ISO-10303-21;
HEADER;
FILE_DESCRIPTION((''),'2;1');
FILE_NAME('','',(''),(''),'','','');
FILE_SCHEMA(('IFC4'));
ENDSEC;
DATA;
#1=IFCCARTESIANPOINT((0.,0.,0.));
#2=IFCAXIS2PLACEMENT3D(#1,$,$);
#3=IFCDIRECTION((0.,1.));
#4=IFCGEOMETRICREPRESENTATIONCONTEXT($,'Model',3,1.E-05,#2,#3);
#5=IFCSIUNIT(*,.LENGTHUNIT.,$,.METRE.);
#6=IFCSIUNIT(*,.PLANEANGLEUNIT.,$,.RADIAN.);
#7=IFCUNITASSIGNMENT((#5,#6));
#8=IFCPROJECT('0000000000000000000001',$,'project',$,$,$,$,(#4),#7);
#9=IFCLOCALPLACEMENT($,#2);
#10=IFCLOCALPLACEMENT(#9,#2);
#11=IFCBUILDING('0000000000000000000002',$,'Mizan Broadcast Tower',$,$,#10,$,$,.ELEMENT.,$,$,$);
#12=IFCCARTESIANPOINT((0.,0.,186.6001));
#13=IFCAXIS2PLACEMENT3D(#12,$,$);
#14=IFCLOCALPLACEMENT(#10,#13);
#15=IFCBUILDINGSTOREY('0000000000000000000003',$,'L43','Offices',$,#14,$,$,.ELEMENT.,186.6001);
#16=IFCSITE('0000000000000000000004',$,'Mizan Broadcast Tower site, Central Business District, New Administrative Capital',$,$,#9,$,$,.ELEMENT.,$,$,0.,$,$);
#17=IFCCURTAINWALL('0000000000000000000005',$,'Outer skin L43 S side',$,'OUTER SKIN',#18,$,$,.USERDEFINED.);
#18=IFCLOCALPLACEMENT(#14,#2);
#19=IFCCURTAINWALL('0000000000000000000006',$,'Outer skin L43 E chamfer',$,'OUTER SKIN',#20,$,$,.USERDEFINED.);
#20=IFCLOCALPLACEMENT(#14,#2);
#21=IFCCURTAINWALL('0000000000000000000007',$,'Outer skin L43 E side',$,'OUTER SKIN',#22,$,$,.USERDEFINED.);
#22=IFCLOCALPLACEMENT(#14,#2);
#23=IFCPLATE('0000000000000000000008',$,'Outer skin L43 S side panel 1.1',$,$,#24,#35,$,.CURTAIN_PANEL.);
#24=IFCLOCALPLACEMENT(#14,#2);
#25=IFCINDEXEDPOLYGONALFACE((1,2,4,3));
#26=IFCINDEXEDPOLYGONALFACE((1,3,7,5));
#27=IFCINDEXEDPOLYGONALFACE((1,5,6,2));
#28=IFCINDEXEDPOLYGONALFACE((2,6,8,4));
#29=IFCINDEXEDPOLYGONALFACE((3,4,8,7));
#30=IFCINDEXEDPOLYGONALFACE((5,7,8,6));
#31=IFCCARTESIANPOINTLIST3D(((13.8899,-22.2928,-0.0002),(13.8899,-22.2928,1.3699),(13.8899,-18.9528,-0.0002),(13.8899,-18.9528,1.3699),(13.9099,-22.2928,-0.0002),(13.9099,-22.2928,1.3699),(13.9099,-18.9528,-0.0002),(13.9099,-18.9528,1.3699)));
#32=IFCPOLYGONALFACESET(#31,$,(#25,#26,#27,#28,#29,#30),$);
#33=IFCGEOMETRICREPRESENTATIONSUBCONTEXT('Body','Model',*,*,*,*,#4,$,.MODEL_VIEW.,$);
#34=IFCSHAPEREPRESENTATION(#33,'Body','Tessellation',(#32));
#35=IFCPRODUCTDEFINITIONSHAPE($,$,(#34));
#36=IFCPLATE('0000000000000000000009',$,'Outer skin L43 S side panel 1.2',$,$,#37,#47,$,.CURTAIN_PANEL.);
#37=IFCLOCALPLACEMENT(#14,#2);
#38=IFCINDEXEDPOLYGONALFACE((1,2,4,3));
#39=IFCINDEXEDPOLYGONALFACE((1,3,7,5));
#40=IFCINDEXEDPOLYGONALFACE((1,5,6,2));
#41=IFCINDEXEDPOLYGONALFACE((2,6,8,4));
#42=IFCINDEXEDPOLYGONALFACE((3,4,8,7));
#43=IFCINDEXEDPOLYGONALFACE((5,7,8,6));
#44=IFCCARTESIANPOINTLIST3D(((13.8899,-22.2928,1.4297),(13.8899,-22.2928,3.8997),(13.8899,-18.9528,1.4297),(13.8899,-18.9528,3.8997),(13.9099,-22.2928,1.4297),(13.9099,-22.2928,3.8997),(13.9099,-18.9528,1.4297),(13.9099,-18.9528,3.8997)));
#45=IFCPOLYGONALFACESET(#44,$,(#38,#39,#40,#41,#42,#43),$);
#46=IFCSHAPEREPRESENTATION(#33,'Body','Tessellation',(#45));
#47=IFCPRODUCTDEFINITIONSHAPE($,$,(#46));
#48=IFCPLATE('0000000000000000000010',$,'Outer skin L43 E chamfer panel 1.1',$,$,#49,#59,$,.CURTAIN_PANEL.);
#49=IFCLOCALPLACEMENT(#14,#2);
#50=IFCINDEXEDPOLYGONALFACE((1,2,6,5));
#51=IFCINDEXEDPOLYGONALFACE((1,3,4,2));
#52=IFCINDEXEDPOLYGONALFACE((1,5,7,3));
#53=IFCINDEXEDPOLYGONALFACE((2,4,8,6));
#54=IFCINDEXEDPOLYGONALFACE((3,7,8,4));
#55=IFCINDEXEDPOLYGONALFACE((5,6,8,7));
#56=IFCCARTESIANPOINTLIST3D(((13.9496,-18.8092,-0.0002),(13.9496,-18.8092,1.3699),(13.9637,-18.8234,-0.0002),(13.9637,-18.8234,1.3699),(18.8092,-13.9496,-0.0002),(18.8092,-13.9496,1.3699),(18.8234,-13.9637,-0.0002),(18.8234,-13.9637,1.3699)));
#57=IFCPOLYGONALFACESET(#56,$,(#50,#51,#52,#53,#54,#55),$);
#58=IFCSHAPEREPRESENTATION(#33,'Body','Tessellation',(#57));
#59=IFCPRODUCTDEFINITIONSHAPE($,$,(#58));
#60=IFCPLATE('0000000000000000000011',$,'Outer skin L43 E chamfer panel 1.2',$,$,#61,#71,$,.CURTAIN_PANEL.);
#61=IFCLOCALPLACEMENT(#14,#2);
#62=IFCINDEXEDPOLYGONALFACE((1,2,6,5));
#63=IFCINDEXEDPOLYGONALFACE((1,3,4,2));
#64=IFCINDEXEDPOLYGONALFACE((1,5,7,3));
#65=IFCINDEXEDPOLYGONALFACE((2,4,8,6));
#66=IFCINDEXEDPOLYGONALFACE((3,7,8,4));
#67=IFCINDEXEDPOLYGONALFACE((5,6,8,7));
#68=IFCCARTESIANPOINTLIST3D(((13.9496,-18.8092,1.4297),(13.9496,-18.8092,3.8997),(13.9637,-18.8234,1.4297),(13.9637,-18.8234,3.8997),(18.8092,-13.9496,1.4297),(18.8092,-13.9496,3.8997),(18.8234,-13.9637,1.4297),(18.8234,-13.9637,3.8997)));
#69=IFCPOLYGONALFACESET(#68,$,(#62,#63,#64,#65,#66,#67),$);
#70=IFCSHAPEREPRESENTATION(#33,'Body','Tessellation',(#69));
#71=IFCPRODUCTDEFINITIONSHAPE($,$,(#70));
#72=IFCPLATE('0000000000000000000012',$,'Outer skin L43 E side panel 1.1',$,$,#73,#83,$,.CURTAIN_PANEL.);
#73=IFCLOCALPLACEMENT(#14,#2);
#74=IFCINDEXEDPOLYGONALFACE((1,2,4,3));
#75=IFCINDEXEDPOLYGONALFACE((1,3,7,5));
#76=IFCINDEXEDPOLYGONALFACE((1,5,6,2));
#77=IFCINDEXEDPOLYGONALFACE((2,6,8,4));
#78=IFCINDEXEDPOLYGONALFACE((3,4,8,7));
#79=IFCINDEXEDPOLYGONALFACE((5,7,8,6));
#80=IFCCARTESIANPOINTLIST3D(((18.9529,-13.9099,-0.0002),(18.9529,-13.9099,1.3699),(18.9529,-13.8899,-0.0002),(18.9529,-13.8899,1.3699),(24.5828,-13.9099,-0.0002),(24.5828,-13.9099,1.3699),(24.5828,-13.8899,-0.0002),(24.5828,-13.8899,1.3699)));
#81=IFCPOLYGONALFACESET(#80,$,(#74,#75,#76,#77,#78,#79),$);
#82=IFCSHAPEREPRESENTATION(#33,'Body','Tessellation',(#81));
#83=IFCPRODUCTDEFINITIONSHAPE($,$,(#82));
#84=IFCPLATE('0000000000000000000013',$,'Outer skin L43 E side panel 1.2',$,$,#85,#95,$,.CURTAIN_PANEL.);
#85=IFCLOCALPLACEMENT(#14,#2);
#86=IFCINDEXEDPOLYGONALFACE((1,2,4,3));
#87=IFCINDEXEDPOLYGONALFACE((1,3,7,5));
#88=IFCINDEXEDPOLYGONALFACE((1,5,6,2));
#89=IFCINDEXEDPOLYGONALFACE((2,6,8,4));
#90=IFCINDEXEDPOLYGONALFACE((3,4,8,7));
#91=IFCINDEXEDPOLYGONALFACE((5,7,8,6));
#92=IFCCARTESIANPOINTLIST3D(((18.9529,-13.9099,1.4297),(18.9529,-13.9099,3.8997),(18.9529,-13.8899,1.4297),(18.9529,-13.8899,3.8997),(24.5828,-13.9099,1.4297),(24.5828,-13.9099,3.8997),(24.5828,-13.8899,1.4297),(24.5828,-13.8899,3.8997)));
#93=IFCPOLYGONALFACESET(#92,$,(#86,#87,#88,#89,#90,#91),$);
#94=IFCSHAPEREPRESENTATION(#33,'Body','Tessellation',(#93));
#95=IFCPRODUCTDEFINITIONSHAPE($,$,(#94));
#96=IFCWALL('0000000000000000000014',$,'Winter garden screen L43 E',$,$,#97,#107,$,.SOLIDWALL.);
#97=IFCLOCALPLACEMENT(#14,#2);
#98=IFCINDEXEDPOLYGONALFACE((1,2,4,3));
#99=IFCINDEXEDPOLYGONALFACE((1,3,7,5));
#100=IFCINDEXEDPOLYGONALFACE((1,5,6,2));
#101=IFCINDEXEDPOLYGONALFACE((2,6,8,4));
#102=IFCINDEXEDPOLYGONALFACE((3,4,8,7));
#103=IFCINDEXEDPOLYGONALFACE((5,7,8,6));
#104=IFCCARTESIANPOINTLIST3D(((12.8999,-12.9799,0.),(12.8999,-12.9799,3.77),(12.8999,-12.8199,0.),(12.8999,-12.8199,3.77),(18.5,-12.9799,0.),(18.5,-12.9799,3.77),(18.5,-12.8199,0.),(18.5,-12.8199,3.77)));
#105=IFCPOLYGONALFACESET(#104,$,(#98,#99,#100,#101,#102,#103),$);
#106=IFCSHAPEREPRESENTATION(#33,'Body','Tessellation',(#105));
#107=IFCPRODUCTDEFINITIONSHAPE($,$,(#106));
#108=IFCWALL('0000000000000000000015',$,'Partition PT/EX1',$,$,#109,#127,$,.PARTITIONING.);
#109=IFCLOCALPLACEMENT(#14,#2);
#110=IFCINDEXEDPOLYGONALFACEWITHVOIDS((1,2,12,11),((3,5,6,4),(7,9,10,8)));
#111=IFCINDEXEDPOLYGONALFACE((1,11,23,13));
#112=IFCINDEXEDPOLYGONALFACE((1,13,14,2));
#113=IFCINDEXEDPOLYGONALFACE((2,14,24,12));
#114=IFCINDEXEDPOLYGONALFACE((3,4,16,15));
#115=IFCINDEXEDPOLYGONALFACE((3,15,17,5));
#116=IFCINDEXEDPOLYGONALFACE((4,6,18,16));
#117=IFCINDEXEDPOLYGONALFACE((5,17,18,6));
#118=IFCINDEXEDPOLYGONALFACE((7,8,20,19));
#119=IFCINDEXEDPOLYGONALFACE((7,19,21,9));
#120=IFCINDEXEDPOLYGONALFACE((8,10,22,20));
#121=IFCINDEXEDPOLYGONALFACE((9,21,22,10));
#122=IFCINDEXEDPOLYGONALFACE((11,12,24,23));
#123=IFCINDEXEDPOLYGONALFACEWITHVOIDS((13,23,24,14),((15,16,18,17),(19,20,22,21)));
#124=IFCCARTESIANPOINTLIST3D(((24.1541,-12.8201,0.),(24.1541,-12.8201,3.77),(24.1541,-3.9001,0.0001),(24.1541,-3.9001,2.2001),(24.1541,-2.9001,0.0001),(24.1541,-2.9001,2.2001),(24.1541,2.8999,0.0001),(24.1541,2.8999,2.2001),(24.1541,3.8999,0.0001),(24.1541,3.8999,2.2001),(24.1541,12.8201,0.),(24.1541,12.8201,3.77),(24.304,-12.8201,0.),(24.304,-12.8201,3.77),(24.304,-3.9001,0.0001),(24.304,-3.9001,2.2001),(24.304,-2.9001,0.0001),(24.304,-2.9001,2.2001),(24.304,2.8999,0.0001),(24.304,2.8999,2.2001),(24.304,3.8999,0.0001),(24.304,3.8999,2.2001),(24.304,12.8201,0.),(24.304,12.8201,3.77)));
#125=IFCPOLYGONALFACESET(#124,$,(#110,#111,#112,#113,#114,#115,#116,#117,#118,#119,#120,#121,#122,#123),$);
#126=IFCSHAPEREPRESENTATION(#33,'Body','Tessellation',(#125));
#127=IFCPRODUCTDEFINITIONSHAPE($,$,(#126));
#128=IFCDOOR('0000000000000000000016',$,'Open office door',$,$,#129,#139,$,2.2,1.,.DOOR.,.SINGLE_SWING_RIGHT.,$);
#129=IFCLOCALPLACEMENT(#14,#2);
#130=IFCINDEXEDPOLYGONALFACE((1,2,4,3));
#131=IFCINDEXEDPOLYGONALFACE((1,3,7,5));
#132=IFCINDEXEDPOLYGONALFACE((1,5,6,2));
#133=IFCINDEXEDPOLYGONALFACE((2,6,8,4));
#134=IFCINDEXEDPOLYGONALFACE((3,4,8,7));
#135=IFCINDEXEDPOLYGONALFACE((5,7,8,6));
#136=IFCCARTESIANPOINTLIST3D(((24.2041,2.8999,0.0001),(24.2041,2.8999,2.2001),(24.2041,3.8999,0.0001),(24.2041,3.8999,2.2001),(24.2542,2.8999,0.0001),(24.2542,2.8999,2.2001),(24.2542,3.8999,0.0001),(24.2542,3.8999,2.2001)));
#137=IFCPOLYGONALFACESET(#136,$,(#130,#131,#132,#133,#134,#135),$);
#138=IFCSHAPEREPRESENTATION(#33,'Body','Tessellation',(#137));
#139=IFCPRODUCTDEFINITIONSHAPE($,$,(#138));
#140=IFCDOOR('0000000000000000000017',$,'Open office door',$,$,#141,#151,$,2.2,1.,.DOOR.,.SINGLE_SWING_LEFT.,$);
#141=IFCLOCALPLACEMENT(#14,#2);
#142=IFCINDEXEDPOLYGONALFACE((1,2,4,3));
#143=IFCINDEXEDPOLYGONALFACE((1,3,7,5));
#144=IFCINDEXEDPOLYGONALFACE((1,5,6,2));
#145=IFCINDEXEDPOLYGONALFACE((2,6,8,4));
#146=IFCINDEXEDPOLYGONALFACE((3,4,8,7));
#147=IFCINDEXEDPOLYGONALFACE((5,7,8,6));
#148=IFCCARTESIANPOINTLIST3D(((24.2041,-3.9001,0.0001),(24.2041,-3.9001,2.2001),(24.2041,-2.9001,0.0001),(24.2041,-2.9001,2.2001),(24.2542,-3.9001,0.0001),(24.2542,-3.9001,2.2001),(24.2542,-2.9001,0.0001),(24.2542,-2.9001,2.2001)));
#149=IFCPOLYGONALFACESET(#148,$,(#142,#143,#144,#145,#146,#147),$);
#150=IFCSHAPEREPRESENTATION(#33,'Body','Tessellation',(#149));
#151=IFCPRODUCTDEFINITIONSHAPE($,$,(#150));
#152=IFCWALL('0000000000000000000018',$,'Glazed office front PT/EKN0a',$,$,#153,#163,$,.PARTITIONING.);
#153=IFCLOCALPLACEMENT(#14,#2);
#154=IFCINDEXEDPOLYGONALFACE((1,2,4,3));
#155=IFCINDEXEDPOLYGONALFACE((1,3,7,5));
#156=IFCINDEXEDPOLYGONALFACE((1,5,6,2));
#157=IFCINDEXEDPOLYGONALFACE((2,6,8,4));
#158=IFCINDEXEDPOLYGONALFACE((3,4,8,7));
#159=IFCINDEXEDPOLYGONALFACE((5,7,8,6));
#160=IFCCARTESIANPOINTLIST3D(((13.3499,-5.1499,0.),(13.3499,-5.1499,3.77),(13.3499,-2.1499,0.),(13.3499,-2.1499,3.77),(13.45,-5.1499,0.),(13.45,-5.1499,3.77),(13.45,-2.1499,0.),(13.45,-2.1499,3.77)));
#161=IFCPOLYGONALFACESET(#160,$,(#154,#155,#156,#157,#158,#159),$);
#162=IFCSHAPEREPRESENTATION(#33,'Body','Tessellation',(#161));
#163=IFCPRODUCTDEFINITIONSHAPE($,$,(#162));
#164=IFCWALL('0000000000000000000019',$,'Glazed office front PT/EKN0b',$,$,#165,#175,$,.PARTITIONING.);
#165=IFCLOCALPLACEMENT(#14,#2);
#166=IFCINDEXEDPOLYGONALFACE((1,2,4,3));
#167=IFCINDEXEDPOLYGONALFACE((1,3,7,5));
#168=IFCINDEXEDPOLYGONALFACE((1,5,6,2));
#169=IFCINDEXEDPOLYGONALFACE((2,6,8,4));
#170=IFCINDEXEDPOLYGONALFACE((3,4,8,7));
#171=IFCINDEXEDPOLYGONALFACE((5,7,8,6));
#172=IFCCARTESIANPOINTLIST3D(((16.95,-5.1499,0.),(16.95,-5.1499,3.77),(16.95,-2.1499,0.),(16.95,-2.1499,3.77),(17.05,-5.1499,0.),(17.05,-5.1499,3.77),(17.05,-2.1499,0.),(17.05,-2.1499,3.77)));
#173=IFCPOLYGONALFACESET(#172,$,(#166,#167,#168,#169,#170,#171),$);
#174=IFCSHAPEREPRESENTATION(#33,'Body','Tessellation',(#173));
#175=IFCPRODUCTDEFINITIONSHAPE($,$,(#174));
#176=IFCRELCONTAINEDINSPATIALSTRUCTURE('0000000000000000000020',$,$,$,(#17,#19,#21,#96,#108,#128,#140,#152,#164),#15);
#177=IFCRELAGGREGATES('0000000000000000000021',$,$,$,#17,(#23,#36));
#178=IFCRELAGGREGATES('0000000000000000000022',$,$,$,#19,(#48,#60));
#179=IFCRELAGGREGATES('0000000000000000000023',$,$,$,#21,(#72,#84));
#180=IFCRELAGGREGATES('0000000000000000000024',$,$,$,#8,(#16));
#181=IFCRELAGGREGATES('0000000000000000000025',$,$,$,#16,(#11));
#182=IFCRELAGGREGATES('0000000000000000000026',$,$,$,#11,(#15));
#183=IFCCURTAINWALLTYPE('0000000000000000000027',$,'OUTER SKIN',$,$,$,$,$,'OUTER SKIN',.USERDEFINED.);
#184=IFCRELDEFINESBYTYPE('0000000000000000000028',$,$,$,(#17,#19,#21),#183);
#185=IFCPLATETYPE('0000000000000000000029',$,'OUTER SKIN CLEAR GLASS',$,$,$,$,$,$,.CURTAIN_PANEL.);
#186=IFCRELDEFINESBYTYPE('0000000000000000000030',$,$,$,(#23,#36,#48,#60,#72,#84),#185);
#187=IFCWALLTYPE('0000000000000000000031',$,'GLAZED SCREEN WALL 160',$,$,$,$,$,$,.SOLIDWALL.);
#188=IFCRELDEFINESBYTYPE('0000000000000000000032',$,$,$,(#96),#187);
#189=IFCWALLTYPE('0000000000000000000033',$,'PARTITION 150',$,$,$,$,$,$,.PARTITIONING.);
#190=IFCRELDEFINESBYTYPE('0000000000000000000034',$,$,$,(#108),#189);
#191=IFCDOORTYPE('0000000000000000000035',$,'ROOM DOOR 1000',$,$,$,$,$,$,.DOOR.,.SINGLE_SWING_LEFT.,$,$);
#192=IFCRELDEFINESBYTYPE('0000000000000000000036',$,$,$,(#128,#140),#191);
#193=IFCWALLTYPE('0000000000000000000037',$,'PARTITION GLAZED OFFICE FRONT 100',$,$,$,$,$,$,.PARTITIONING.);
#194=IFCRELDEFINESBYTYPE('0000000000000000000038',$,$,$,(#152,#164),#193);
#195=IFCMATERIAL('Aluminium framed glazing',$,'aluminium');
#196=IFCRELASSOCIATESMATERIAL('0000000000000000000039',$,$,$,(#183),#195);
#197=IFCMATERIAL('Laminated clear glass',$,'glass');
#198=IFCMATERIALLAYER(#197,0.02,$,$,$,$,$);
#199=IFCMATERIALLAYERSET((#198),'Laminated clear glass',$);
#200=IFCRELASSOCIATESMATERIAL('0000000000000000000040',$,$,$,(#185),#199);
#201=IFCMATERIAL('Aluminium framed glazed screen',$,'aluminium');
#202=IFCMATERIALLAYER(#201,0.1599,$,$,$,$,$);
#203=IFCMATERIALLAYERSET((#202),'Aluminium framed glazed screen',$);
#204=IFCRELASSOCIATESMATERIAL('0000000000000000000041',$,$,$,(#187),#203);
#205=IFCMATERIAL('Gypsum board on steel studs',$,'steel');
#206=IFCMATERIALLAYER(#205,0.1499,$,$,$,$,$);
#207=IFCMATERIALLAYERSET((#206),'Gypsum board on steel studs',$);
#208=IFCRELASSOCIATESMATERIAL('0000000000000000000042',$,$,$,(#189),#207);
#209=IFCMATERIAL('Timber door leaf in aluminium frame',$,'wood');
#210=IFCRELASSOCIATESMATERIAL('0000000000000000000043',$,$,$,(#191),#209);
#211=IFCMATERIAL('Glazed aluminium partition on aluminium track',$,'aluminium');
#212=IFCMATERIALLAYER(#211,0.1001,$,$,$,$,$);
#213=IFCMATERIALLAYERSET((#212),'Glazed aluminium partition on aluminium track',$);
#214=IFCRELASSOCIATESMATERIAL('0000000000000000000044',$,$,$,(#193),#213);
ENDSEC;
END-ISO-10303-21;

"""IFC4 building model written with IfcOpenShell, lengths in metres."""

from ifc_helpers import new_model, si_unit, direction, frame, frame_2d, origin, origin_2d, place, context, subcontext, project, spatial, rectangle, extrude, material, layer, layer_set, type_object, element, fill, aggregate, save


model = new_model("IFC4")

# Units and contexts
model_context = context("Model", 3, precision=1e-05, world=origin(), true_north=direction((0.0, 1.0)))
body_context = subcontext(model_context, "Body", "Model", "MODEL_VIEW")
ifc_project = project(units=[si_unit("LENGTHUNIT", "METRE"), si_unit("PLANEANGLEUNIT", "RADIAN")], contexts=[model_context])

# Site, building, storey
site_placement = place(None, origin())
site = spatial("IfcSite", under=ifc_project, at=site_placement, Name="Mizan Broadcast Tower site, Central Business District, New Administrative Capital", CompositionType="ELEMENT", RefElevation=0.0)
building_placement = place(site_placement, origin())
building = spatial("IfcBuilding", under=site, at=building_placement, Name="Mizan Broadcast Tower", CompositionType="ELEMENT")
storey_placement = place(building_placement, frame((0.0, 0.0, 186.6001)))
storey = spatial("IfcBuildingStorey", under=building, at=storey_placement, Name="L43", Description="Offices", CompositionType="ELEMENT", Elevation=186.6001)

# Curtain walls
ifc_material_1 = material(Name="Aluminium framed glazing", Category="aluminium")
curtain_wall_type_1 = type_object("IfcCurtainWallType", Name="OUTER SKIN", ElementType="OUTER SKIN", PredefinedType="USERDEFINED", material=ifc_material_1)
curtain_wall_1_placement = place(storey_placement, origin())
curtain_wall_1 = element("IfcCurtainWall", 1, at=curtain_wall_1_placement, inside=storey, type_object=curtain_wall_type_1, Name="Outer skin L43 S side", ObjectType="OUTER SKIN", PredefinedType="USERDEFINED")
curtain_wall_2_placement = place(storey_placement, origin())
curtain_wall_2 = element("IfcCurtainWall", 2, at=curtain_wall_2_placement, inside=storey, type_object=curtain_wall_type_1, Name="Outer skin L43 E chamfer", ObjectType="OUTER SKIN", PredefinedType="USERDEFINED")
curtain_wall_3_placement = place(storey_placement, origin())
curtain_wall_3 = element("IfcCurtainWall", 3, at=curtain_wall_3_placement, inside=storey, type_object=curtain_wall_type_1, Name="Outer skin L43 E side", ObjectType="OUTER SKIN", PredefinedType="USERDEFINED")

# Plates
ifc_material_2 = material(Name="Laminated clear glass", Category="glass")
ifc_layer_1 = layer(ifc_material_2, 0.02)
ifc_layer_set_1 = layer_set([ifc_layer_1], Name="Laminated clear glass")
plate_type_1 = type_object("IfcPlateType", Name="OUTER SKIN CLEAR GLASS", PredefinedType="CURTAIN_PANEL", material=ifc_layer_set_1)
plate_1_placement = place(storey_placement, frame((13.8999, -20.6228, -0.0002), z_axis=(0.0, 0.0, 1.0), x_axis=(0.0, 1.0, 0.0)))
plate_1 = element("IfcPlate", 4, at=plate_1_placement, type_object=plate_type_1, Name="Outer skin L43 S side panel 1.1", PredefinedType="CURTAIN_PANEL", context=body_context, shape_type="SweptSolid", body=[
    extrude(rectangle(XDim=3.3401, YDim=0.02, at=origin_2d()), origin(), (0.0, 0.0, 1.0), 1.3701),
])
plate_2_placement = place(storey_placement, frame((13.8999, -20.6228, 1.4297), z_axis=(0.0, 0.0, 1.0), x_axis=(0.0, 1.0, 0.0)))
plate_2 = element("IfcPlate", 5, at=plate_2_placement, type_object=plate_type_1, Name="Outer skin L43 S side panel 1.2", PredefinedType="CURTAIN_PANEL", context=body_context, shape_type="SweptSolid", body=[
    extrude(rectangle(XDim=3.3401, YDim=0.02, at=origin_2d()), origin(), (0.0, 0.0, 1.0), 2.47),
])
aggregate(curtain_wall_1, [plate_1, plate_2])
plate_3_placement = place(storey_placement, frame((16.3865, -16.3865, -0.0002), z_axis=(0.0, 0.0, 1.0), x_axis=(0.707107, 0.707107, 0.0)))
plate_3 = element("IfcPlate", 6, at=plate_3_placement, type_object=plate_type_1, Name="Outer skin L43 E chamfer panel 1.1", PredefinedType="CURTAIN_PANEL", context=body_context, shape_type="SweptSolid", body=[
    extrude(rectangle(XDim=6.8726, YDim=0.02, at=origin_2d()), origin(), (0.0, 0.0, 1.0), 1.3701),
])
plate_4_placement = place(storey_placement, frame((16.3865, -16.3865, 1.4297), z_axis=(0.0, 0.0, 1.0), x_axis=(0.707107, 0.707107, 0.0)))
plate_4 = element("IfcPlate", 7, at=plate_4_placement, type_object=plate_type_1, Name="Outer skin L43 E chamfer panel 1.2", PredefinedType="CURTAIN_PANEL", context=body_context, shape_type="SweptSolid", body=[
    extrude(rectangle(XDim=6.8726, YDim=0.02, at=origin_2d()), origin(), (0.0, 0.0, 1.0), 2.47),
])
aggregate(curtain_wall_2, [plate_3, plate_4])
plate_5_placement = place(storey_placement, frame((21.7678, -13.8999, -0.0002), z_axis=(0.0, 0.0, 1.0), x_axis=(1.0, 0.0, 0.0)))
plate_5 = element("IfcPlate", 8, at=plate_5_placement, type_object=plate_type_1, Name="Outer skin L43 E side panel 1.1", PredefinedType="CURTAIN_PANEL", context=body_context, shape_type="SweptSolid", body=[
    extrude(rectangle(XDim=5.6299, YDim=0.02, at=origin_2d()), origin(), (0.0, 0.0, 1.0), 1.3701),
])
plate_6_placement = place(storey_placement, frame((21.7678, -13.8999, 1.4297), z_axis=(0.0, 0.0, 1.0), x_axis=(1.0, 0.0, 0.0)))
plate_6 = element("IfcPlate", 9, at=plate_6_placement, type_object=plate_type_1, Name="Outer skin L43 E side panel 1.2", PredefinedType="CURTAIN_PANEL", context=body_context, shape_type="SweptSolid", body=[
    extrude(rectangle(XDim=5.6299, YDim=0.02, at=origin_2d()), origin(), (0.0, 0.0, 1.0), 2.47),
])
aggregate(curtain_wall_3, [plate_5, plate_6])

# Wall
ifc_material_3 = material(Name="Aluminium framed glazed screen", Category="aluminium")
ifc_layer_2 = layer(ifc_material_3, 0.1599)
ifc_layer_set_2 = layer_set([ifc_layer_2], Name="Aluminium framed glazed screen")
wall_type_1 = type_object("IfcWallType", Name="GLAZED SCREEN WALL 160", PredefinedType="SOLIDWALL", material=ifc_layer_set_2)
wall_1_placement = place(storey_placement, frame((12.8999, -12.8999, 0.0), z_axis=(0.0, 0.0, 1.0), x_axis=(1.0, 0.0, 0.0)))
element("IfcWall", 10, at=wall_1_placement, inside=storey, type_object=wall_type_1, Name="Winter garden screen L43 E", PredefinedType="SOLIDWALL", context=body_context, shape_type="SweptSolid", body=[
    extrude(rectangle(XDim=5.6001, YDim=0.1599, at=frame_2d((2.8, 0.0))), origin(), (0.0, 0.0, 1.0), 3.77),
])

# Wall, openings, doors
ifc_material_4 = material(Name="Gypsum board on steel studs", Category="steel")
ifc_layer_3 = layer(ifc_material_4, 0.1499)
ifc_layer_set_3 = layer_set([ifc_layer_3], Name="Gypsum board on steel studs")
wall_type_2 = type_object("IfcWallType", Name="PARTITION 150", PredefinedType="PARTITIONING", material=ifc_layer_set_3)
wall_2_placement = place(storey_placement, frame((24.229, -12.8201, 0.0), z_axis=(0.0, 0.0, 1.0), x_axis=(0.0, 1.0, 0.0)))
wall_2 = element("IfcWall", 11, at=wall_2_placement, inside=storey, type_object=wall_type_2, Name="Partition PT/EX1", PredefinedType="PARTITIONING", context=body_context, shape_type="SweptSolid", body=[
    extrude(rectangle(XDim=25.6401, YDim=0.1499, at=frame_2d((12.8201, 0.0))), origin(), (0.0, 0.0, 1.0), 3.77),
])
opening_1_placement = place(wall_2_placement, frame((15.72, 0.0, 0.0)))
opening_1 = element("IfcOpeningElement", 12, at=opening_1_placement, cuts=wall_2, PredefinedType="OPENING", context=body_context, shape_type="SweptSolid", body=[
    extrude(rectangle(XDim=1.0, YDim=2.2, at=frame_2d((0.5, 1.1001))), frame((0.0, 0.085, 0.0), z_axis=(0.0, -1.0, 0.0), x_axis=(1.0, 0.0, 0.0)), (0.0, 0.0, 1.0), 0.1699),
])
opening_2_placement = place(wall_2_placement, frame((8.9199, 0.0, 0.0)))
opening_2 = element("IfcOpeningElement", 13, at=opening_2_placement, cuts=wall_2, PredefinedType="OPENING", context=body_context, shape_type="SweptSolid", body=[
    extrude(rectangle(XDim=1.0, YDim=2.2, at=frame_2d((0.5, 1.1001))), frame((0.0, 0.085, 0.0), z_axis=(0.0, -1.0, 0.0), x_axis=(1.0, 0.0, 0.0)), (0.0, 0.0, 1.0), 0.1699),
])
ifc_material_5 = material(Name="Timber door leaf in aluminium frame", Category="wood")
door_type_1 = type_object("IfcDoorType", Name="ROOM DOOR 1000", OperationType="SINGLE_SWING_LEFT", PredefinedType="DOOR", material=ifc_material_5)
door_1_placement = place(opening_1_placement, origin())
door_1 = element("IfcDoor", 14, at=door_1_placement, inside=storey, type_object=door_type_1, Name="Open office door", OperationType="SINGLE_SWING_RIGHT", OverallHeight=2.2, OverallWidth=1.0, PredefinedType="DOOR", context=body_context, shape_type="SweptSolid", body=[
    extrude(rectangle(XDim=1.0, YDim=2.2, at=frame_2d((0.5, 1.1001))), frame((0.0, 0.0249, 0.0), z_axis=(0.0, -1.0, 0.0), x_axis=(1.0, 0.0, 0.0)), (0.0, 0.0, 1.0), 0.05),
])
fill(opening_1, door_1)
door_2_placement = place(opening_2_placement, origin())
door_2 = element("IfcDoor", 15, at=door_2_placement, inside=storey, type_object=door_type_1, Name="Open office door", OperationType="SINGLE_SWING_LEFT", OverallHeight=2.2, OverallWidth=1.0, PredefinedType="DOOR", context=body_context, shape_type="SweptSolid", body=[
    extrude(rectangle(XDim=1.0, YDim=2.2, at=frame_2d((0.5, 1.1001))), frame((0.0, 0.0249, 0.0), z_axis=(0.0, -1.0, 0.0), x_axis=(1.0, 0.0, 0.0)), (0.0, 0.0, 1.0), 0.05),
])
fill(opening_2, door_2)

# Walls
ifc_material_6 = material(Name="Glazed aluminium partition on aluminium track", Category="aluminium")
ifc_layer_4 = layer(ifc_material_6, 0.1001)
ifc_layer_set_4 = layer_set([ifc_layer_4], Name="Glazed aluminium partition on aluminium track")
wall_type_3 = type_object("IfcWallType", Name="PARTITION GLAZED OFFICE FRONT 100", PredefinedType="PARTITIONING", material=ifc_layer_set_4)
for number, where, z_axis, x_axis, name in (
    (16, (13.3999, -2.1499, 0.0), (0.0, 0.0, 1.0), (0.0, -1.0, 0.0), "Glazed office front PT/EKN0a"),
    (17, (17.0, -2.1499, 0.0), (0.0, 0.0, 1.0), (0.0, -1.0, 0.0), "Glazed office front PT/EKN0b"),
):
    element("IfcWall", number, at=place(storey_placement, frame(where, z_axis=z_axis, x_axis=x_axis)), inside=storey, type_object=wall_type_3, Name=name, PredefinedType="PARTITIONING", context=body_context, shape_type="SweptSolid", body=[
        extrude(rectangle(XDim=3.0, YDim=0.1001, at=frame_2d((1.5, 0.0))), origin(), (0.0, 0.0, 1.0), 3.77),
    ])

save(model, "model.ifc")
